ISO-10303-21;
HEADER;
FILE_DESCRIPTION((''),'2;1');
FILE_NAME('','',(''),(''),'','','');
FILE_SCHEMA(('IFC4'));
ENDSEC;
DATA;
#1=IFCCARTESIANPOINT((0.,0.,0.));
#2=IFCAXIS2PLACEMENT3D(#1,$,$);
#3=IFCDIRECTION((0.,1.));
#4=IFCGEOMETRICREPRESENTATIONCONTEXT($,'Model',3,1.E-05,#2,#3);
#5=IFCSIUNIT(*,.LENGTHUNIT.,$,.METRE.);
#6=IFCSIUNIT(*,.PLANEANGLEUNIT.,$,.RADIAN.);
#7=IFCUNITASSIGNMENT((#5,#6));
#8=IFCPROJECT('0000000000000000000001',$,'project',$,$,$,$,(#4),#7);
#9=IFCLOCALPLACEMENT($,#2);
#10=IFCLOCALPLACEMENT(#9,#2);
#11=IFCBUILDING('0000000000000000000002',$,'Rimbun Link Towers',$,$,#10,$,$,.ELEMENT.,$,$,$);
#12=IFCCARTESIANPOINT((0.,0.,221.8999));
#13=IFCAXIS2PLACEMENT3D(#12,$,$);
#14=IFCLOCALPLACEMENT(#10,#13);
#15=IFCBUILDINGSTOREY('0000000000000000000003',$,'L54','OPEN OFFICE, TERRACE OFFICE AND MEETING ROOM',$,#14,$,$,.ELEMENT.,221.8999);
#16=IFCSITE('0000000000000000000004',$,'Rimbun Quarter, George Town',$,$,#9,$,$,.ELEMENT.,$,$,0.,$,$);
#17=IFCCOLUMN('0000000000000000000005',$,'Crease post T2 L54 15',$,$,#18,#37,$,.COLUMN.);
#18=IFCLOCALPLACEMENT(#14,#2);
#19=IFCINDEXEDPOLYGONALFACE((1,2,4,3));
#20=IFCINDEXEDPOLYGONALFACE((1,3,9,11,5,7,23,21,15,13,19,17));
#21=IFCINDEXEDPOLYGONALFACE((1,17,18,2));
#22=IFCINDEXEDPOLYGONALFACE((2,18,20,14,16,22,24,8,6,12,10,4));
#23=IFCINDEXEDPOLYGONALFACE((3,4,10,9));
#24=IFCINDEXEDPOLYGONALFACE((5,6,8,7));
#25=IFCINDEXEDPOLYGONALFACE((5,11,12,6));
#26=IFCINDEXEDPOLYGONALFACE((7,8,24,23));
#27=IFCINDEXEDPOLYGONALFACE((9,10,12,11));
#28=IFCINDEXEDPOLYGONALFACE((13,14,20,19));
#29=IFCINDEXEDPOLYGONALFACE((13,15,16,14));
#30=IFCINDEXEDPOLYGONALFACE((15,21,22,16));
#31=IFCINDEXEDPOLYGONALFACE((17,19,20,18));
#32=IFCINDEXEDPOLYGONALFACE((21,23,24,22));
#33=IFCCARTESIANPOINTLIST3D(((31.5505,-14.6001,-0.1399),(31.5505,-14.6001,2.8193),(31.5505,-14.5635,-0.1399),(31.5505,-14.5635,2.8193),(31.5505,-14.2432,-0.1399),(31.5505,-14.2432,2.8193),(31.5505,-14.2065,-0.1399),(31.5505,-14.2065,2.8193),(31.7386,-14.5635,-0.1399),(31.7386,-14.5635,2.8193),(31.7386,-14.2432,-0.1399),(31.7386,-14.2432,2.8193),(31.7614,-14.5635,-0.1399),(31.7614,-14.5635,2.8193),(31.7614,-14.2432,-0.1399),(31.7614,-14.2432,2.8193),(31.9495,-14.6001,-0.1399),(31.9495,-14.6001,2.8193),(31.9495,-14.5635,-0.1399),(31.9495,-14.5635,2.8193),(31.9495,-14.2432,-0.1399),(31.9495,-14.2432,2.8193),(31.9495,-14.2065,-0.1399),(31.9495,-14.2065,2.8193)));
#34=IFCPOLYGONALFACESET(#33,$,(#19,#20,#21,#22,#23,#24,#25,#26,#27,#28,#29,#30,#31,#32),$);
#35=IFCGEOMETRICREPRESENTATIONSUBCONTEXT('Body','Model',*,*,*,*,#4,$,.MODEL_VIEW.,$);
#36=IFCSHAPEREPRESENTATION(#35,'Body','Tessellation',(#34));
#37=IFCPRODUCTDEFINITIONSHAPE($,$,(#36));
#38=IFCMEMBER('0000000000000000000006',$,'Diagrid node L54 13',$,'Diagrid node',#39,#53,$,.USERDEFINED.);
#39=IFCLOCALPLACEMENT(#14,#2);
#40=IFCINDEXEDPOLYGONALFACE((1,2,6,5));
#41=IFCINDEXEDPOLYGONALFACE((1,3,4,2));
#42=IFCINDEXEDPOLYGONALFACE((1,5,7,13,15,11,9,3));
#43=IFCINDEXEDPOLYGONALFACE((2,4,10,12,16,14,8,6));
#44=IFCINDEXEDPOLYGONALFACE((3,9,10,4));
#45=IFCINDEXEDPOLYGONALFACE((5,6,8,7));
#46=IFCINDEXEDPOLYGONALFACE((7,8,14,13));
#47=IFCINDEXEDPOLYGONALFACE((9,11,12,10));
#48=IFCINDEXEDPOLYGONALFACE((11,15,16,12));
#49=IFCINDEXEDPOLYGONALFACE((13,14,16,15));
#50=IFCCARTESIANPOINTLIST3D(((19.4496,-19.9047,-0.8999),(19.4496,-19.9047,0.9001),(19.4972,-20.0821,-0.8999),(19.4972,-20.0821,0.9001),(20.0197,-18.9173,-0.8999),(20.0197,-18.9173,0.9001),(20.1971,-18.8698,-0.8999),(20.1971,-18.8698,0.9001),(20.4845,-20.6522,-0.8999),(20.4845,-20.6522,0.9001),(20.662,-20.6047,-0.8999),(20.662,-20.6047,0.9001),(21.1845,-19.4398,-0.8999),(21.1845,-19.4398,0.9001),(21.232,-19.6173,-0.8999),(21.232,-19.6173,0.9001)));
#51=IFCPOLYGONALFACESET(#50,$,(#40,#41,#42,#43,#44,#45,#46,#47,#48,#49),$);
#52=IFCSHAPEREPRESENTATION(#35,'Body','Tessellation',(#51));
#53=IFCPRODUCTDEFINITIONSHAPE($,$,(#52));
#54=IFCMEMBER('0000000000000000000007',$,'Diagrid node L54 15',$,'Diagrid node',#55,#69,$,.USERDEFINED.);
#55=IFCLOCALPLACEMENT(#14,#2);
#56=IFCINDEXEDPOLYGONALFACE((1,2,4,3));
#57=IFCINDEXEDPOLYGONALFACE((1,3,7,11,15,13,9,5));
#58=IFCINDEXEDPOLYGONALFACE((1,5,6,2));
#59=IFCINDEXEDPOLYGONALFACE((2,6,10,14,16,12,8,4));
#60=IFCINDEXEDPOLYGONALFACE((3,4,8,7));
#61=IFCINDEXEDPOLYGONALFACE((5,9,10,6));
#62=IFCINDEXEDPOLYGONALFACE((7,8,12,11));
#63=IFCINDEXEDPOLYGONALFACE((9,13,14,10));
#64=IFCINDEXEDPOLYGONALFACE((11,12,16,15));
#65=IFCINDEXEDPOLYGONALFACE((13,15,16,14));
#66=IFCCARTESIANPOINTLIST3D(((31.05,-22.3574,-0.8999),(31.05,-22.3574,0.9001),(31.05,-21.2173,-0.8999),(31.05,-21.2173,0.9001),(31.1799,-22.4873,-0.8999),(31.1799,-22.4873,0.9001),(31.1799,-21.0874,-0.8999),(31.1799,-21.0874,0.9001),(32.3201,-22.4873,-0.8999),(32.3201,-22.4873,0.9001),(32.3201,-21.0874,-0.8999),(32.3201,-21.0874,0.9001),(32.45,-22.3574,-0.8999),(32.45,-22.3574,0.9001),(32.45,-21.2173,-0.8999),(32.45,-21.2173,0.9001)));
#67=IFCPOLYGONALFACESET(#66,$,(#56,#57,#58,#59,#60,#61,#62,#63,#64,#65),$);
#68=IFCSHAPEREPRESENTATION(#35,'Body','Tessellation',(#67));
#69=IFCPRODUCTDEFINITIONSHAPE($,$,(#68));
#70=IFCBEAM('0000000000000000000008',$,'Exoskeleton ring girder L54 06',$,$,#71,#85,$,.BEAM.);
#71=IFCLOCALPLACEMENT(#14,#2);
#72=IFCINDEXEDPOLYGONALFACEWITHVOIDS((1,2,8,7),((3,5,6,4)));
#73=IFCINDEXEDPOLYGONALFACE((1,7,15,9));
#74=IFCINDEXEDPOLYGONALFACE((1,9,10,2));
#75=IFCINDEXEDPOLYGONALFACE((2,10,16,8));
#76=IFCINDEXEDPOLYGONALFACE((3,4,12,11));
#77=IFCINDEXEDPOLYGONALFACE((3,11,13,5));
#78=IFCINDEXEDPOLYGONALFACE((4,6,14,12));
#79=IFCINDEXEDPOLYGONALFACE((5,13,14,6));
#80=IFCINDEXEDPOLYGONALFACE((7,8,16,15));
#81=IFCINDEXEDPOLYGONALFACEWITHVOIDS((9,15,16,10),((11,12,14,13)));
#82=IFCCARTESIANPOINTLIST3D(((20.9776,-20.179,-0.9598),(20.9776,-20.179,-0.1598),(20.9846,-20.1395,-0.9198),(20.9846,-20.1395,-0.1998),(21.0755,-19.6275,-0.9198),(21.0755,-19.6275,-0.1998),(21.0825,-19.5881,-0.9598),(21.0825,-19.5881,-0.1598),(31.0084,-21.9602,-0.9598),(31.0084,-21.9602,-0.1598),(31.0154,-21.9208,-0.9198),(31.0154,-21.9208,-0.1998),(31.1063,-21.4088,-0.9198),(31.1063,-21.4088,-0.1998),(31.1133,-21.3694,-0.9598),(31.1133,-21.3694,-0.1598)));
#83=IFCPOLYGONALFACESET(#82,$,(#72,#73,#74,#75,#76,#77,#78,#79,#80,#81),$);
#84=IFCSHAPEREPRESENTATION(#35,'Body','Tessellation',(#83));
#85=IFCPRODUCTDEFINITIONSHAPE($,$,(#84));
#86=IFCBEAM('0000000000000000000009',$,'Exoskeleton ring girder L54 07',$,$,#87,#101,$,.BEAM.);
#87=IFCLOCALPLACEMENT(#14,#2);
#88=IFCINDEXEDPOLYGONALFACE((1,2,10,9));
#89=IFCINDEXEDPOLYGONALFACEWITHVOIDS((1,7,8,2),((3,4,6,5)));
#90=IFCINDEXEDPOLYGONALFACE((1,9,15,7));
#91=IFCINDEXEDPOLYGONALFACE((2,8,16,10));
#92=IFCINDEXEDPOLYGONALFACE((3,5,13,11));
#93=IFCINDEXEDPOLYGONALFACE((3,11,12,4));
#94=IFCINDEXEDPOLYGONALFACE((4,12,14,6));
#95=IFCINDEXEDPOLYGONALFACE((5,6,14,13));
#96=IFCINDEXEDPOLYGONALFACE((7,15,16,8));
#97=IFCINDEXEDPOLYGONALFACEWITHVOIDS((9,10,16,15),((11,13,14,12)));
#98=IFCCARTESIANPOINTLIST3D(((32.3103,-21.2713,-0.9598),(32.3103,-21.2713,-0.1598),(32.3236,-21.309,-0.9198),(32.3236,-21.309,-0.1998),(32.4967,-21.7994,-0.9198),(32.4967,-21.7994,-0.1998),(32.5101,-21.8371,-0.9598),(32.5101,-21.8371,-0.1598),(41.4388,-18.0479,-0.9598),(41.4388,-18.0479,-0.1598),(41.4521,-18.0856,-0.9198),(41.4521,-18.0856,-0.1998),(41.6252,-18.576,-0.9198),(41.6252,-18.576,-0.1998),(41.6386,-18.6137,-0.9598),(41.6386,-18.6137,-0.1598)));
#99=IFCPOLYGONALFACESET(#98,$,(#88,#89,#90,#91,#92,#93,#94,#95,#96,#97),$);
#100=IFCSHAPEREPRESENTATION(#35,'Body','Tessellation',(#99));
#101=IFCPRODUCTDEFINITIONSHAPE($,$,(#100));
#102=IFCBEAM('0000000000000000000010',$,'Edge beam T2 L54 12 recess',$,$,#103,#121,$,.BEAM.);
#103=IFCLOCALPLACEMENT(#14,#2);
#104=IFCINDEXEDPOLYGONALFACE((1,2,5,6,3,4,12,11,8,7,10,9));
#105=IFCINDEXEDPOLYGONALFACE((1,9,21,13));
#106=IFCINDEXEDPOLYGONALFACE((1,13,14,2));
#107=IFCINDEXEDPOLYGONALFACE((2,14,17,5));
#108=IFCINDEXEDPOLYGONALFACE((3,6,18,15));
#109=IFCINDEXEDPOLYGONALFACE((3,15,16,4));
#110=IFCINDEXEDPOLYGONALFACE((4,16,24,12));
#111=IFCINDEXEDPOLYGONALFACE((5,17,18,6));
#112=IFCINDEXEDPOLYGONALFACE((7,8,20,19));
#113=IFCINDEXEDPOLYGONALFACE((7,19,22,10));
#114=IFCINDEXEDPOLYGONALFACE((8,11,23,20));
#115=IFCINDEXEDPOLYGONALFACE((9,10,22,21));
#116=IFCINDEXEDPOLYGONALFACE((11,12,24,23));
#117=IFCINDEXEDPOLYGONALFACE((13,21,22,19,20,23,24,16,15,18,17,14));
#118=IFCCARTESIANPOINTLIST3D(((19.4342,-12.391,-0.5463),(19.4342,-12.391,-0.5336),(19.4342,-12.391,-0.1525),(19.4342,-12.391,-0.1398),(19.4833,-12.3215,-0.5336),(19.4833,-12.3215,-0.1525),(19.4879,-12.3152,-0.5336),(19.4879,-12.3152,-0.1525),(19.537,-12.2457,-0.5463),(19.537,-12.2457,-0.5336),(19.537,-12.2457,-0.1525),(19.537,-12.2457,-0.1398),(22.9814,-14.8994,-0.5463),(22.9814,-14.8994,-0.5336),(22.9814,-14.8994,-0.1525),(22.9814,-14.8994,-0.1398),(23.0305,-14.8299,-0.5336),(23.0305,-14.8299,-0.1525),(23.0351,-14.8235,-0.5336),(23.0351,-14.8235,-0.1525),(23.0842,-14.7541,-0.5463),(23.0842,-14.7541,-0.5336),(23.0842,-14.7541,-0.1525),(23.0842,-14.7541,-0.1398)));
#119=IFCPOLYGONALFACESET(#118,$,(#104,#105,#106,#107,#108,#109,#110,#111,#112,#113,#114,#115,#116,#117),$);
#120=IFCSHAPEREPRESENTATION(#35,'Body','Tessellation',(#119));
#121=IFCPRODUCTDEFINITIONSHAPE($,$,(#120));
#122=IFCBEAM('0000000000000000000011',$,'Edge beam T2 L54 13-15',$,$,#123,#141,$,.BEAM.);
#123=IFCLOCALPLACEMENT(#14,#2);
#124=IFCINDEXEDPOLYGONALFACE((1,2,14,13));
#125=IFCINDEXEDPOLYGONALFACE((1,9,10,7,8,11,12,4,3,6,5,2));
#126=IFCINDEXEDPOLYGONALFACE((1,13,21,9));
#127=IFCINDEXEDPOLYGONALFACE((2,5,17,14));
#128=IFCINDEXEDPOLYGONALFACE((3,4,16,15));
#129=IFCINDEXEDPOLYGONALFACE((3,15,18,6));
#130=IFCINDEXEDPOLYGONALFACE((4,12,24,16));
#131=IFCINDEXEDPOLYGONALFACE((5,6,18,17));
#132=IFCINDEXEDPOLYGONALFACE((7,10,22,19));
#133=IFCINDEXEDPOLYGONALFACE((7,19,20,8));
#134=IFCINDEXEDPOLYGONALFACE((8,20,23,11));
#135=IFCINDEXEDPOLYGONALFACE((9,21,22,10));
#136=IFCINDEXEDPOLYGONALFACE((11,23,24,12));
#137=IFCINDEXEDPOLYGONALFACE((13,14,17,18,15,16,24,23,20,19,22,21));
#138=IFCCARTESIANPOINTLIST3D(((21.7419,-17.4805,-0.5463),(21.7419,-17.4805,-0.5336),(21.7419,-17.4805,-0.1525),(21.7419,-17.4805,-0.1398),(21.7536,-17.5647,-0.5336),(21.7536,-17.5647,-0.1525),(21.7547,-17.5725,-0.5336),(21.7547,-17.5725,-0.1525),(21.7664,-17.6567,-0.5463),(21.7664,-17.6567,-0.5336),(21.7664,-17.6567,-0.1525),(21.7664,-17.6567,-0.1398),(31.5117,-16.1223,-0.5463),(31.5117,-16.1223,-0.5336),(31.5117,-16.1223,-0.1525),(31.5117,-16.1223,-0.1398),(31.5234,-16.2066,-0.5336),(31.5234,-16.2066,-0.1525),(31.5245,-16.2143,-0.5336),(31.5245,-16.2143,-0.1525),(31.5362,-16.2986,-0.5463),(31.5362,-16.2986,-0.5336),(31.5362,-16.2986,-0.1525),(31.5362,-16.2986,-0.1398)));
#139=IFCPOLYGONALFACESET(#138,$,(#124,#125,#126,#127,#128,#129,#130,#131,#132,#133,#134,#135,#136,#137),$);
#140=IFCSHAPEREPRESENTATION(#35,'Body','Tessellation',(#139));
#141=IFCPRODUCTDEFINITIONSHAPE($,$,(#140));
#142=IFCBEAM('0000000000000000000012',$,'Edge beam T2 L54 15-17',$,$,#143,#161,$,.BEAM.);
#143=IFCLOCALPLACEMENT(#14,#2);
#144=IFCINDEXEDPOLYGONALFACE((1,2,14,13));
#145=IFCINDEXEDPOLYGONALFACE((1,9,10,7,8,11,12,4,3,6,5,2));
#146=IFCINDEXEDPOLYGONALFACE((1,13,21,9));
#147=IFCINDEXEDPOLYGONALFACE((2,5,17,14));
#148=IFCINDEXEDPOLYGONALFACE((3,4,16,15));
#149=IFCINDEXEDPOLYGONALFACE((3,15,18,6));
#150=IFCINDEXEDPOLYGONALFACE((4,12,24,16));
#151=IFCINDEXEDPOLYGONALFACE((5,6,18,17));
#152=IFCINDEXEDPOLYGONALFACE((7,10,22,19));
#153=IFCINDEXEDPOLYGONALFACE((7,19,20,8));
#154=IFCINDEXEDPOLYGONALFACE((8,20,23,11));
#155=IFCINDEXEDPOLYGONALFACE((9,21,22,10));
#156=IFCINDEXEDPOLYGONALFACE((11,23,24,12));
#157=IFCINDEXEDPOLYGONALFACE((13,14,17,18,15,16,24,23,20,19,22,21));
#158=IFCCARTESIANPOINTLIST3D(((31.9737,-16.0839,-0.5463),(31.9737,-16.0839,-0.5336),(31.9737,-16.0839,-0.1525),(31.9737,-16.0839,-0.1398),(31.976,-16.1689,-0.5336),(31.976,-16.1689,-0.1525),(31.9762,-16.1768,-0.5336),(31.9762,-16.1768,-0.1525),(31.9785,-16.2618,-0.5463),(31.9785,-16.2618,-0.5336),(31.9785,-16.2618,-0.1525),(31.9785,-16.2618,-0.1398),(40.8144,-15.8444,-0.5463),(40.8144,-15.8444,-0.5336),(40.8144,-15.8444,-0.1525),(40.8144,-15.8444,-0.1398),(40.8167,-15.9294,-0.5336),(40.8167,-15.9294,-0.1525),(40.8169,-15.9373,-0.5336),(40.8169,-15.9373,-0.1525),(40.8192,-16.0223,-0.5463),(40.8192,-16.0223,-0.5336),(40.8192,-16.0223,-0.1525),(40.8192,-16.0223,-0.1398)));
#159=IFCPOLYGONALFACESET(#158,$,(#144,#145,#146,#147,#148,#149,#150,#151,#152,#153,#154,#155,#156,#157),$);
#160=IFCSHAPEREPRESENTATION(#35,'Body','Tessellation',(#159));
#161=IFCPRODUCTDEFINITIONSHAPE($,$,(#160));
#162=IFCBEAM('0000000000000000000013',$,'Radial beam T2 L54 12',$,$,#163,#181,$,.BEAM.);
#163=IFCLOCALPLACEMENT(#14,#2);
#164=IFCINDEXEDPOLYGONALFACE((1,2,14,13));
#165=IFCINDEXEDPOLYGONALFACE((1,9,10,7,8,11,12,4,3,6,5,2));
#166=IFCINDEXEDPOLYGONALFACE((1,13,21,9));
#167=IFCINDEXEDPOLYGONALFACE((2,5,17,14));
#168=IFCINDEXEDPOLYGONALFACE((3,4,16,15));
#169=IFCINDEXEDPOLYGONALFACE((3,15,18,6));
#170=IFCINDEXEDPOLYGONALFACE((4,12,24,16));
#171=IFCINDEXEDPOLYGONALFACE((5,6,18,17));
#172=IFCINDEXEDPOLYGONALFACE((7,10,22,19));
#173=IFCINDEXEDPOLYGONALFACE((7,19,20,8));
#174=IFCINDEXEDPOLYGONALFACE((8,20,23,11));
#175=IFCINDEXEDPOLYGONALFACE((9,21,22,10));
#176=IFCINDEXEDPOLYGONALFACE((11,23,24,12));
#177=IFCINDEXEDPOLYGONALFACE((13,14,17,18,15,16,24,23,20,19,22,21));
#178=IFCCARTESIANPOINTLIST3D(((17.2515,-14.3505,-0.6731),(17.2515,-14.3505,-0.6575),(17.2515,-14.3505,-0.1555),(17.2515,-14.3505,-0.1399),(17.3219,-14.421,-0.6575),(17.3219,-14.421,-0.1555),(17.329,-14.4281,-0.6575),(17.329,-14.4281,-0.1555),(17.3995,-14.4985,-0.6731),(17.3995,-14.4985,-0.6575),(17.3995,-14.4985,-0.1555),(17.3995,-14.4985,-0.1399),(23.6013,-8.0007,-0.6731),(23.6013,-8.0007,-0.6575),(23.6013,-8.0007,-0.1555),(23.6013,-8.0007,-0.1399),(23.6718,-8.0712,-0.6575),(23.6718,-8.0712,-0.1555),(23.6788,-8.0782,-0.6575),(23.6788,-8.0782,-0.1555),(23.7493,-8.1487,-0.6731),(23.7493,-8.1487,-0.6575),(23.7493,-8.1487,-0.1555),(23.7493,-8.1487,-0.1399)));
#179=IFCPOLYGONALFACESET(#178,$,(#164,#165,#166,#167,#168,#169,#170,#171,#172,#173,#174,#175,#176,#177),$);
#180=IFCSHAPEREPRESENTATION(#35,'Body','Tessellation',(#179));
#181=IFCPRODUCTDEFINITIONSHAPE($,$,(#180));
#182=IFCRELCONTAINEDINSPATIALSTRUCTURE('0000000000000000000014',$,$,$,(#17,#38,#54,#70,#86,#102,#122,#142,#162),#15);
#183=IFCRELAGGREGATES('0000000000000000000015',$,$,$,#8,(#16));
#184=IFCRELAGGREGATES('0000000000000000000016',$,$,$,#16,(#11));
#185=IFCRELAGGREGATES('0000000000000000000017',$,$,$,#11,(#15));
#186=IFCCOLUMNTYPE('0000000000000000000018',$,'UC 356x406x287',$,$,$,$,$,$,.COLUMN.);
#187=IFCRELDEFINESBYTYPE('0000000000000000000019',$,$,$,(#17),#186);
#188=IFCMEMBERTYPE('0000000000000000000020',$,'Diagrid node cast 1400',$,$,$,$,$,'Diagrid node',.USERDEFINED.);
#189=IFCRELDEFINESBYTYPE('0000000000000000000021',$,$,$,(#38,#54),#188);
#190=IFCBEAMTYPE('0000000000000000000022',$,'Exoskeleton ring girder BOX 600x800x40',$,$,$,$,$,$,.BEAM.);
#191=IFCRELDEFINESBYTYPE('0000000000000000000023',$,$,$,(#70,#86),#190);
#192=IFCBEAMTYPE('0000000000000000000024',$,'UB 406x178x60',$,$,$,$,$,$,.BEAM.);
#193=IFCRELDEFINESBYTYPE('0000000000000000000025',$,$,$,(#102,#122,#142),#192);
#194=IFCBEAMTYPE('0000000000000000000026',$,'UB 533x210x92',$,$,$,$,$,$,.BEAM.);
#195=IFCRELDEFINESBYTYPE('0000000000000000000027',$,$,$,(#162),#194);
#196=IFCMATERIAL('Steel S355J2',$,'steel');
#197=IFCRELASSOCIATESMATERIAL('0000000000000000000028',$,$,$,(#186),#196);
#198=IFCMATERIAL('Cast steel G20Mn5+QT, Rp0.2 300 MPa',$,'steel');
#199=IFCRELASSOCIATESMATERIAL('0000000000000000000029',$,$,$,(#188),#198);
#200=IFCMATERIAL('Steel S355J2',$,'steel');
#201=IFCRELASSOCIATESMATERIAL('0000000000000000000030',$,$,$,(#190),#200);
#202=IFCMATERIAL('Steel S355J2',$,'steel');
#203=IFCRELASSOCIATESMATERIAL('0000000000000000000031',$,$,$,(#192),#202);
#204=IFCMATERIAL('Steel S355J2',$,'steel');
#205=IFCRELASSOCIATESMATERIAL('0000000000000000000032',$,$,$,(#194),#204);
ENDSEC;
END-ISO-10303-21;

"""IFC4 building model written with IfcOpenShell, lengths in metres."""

from ifc_helpers import new_model, si_unit, direction, frame, origin, origin_2d, place, context, subcontext, project, spatial, polyline, hollow_rectangle, i_section, outline, extrude, material, material_profile, profile_set, type_object, element, save


model = new_model("IFC4")

# Units and contexts
model_context = context("Model", 3, precision=1e-05, world=origin(), true_north=direction((0.0, 1.0)))
body_context = subcontext(model_context, "Body", "Model", "MODEL_VIEW")
ifc_project = project(units=[si_unit("LENGTHUNIT", "METRE"), si_unit("PLANEANGLEUNIT", "RADIAN")], contexts=[model_context])

# Site, building, storey
site_placement = place(None, origin())
site = spatial("IfcSite", under=ifc_project, at=site_placement, Name="Rimbun Quarter, George Town", CompositionType="ELEMENT", RefElevation=0.0)
building_placement = place(site_placement, origin())
building = spatial("IfcBuilding", under=site, at=building_placement, Name="Rimbun Link Towers", CompositionType="ELEMENT")
storey_placement = place(building_placement, frame((0.0, 0.0, 221.8999)))
storey = spatial("IfcBuildingStorey", under=building, at=storey_placement, Name="L54", Description="OPEN OFFICE, TERRACE OFFICE AND MEETING ROOM", CompositionType="ELEMENT", Elevation=221.8999)

# Column
ifc_material_1 = material(Name="Steel S355J2", Category="steel")
ifc_material_profile_1 = material_profile(ifc_material_1, i_section(OverallWidth=0.3989, OverallDepth=0.3936, WebThickness=0.0227, FlangeThickness=0.0366, at=origin_2d()), Name="UC 356x406x287")
ifc_profile_set_1 = profile_set([ifc_material_profile_1], Name="Steel S355J2")
column_type = type_object("IfcColumnType", Name="UC 356x406x287", PredefinedType="COLUMN", material=ifc_profile_set_1)
column_placement = place(storey_placement, frame((31.75, -14.4033, -0.1399), z_axis=(0.0, 0.0, 1.0), x_axis=(1.0, 0.0, 0.0)))
element("IfcColumn", 1, at=column_placement, inside=storey, type_object=column_type, Name="Crease post T2 L54 15", PredefinedType="COLUMN", context=body_context, shape_type="SweptSolid", body=[
    extrude(i_section(OverallWidth=0.3989, OverallDepth=0.3936, WebThickness=0.0227, FlangeThickness=0.0366, at=origin_2d()), origin(), (0.0, 0.0, 1.0), 2.9592),
])

# Members
ifc_material_2 = material(Name="Cast steel G20Mn5+QT, Rp0.2 300 MPa", Category="steel")
ifc_material_profile_2 = material_profile(ifc_material_2, outline(polyline([(0.7, -0.5701), (0.7, 0.5701), (0.5701, 0.7), (-0.5701, 0.7), (-0.7, 0.5701), (-0.7, -0.5701), (-0.5701, -0.7), (0.5701, -0.7), (0.7, -0.5701)])), Name="NODE 1400x1400")
ifc_profile_set_2 = profile_set([ifc_material_profile_2], Name="Cast steel G20Mn5+QT, Rp0.2 300 MPa")
member_type = type_object("IfcMemberType", Name="Diagrid node cast 1400", ElementType="Diagrid node", PredefinedType="USERDEFINED", material=ifc_profile_set_2)
for number, where, z_axis, x_axis, name in (
    (2, (20.3408, -19.761, -0.8999), (0.0, 0.0, 1.0), (-0.5, -0.866025, 0.0), "Diagrid node L54 13"),
    (3, (31.75, -21.7874, -0.8999), (0.0, 0.0, 1.0), (0.0, -1.0, 0.0), "Diagrid node L54 15"),
):
    element("IfcMember", number, at=place(storey_placement, frame(where, z_axis=z_axis, x_axis=x_axis)), inside=storey, type_object=member_type, Name=name, ObjectType="Diagrid node", PredefinedType="USERDEFINED", context=body_context, shape_type="SweptSolid", body=[
        extrude(outline(polyline([(0.7, -0.5701), (0.7, 0.5701), (0.5701, 0.7), (-0.5701, 0.7), (-0.7, 0.5701), (-0.7, -0.5701), (-0.5701, -0.7), (0.5701, -0.7), (0.7, -0.5701)])), origin(), (0.0, 0.0, 1.0), 1.8),
    ])

# Beams
ifc_material_3 = material(Name="Steel S355J2", Category="steel")
ifc_material_profile_3 = material_profile(ifc_material_3, hollow_rectangle(XDim=0.6001, YDim=0.8, WallThickness=0.04, at=origin_2d()), Name="Exoskeleton ring girder BOX 600x800x40")
ifc_profile_set_3 = profile_set([ifc_material_profile_3], Name="Steel S355J2")
beam_type_1 = type_object("IfcBeamType", Name="Exoskeleton ring girder BOX 600x800x40", PredefinedType="BEAM", material=ifc_profile_set_3)
beam_1_placement = place(storey_placement, frame((21.03, -19.8835, -0.5598), z_axis=(0.984596, -0.174843, 0.0), x_axis=(0.174843, 0.984596, 0.0)))
element("IfcBeam", 4, at=beam_1_placement, inside=storey, type_object=beam_type_1, Name="Exoskeleton ring girder L54 06", PredefinedType="BEAM", context=body_context, shape_type="SweptSolid", body=[
    extrude(hollow_rectangle(XDim=0.6001, YDim=0.8, WallThickness=0.04, at=origin_2d()), origin(), (0.0, 0.0, 1.0), 10.1877),
])
beam_2_placement = place(storey_placement, frame((32.4102, -21.5542, -0.5598), z_axis=(0.942939, 0.332967, 0.0), x_axis=(-0.332967, 0.942939, 0.0)))
element("IfcBeam", 5, at=beam_2_placement, inside=storey, type_object=beam_type_1, Name="Exoskeleton ring girder L54 07", PredefinedType="BEAM", context=body_context, shape_type="SweptSolid", body=[
    extrude(hollow_rectangle(XDim=0.6001, YDim=0.8, WallThickness=0.04, at=origin_2d()), origin(), (0.0, 0.0, 1.0), 9.6809),
])
ifc_material_4 = material(Name="Steel S355J2", Category="steel")
ifc_material_profile_4 = material_profile(ifc_material_4, i_section(OverallWidth=0.178, OverallDepth=0.4065, WebThickness=0.0078, FlangeThickness=0.0127, at=origin_2d()), Name="UB 406x178x60")
ifc_profile_set_4 = profile_set([ifc_material_profile_4], Name="Steel S355J2")
beam_type_2 = type_object("IfcBeamType", Name="UB 406x178x60", PredefinedType="BEAM", material=ifc_profile_set_4)
beam_3_placement = place(storey_placement, frame((19.4856, -12.3184, -0.343), z_axis=(0.816485, -0.577367, 0.0), x_axis=(0.577367, 0.816485, 0.0)))
element("IfcBeam", 6, at=beam_3_placement, inside=storey, type_object=beam_type_2, Name="Edge beam T2 L54 12 recess", PredefinedType="BEAM", context=body_context, shape_type="SweptSolid", body=[
    extrude(i_section(OverallWidth=0.178, OverallDepth=0.4065, WebThickness=0.0078, FlangeThickness=0.0127, at=origin_2d()), origin(), (0.0, 0.0, 1.0), 4.3445),
])
beam_4_placement = place(storey_placement, frame((21.7542, -17.5686, -0.343), z_axis=(0.990475, 0.137692, 0.0), x_axis=(-0.137692, 0.990475, 0.0)))
element("IfcBeam", 7, at=beam_4_placement, inside=storey, type_object=beam_type_2, Name="Edge beam T2 L54 13-15", PredefinedType="BEAM", context=body_context, shape_type="SweptSolid", body=[
    extrude(i_section(OverallWidth=0.178, OverallDepth=0.4065, WebThickness=0.0078, FlangeThickness=0.0127, at=origin_2d()), origin(), (0.0, 0.0, 1.0), 9.8638),
])
beam_5_placement = place(storey_placement, frame((31.9761, -16.1729, -0.343), z_axis=(0.999633, 0.027081, 0.0), x_axis=(-0.027081, 0.999633, 0.0)))
element("IfcBeam", 8, at=beam_5_placement, inside=storey, type_object=beam_type_2, Name="Edge beam T2 L54 15-17", PredefinedType="BEAM", context=body_context, shape_type="SweptSolid", body=[
    extrude(i_section(OverallWidth=0.178, OverallDepth=0.4065, WebThickness=0.0078, FlangeThickness=0.0127, at=origin_2d()), origin(), (0.0, 0.0, 1.0), 8.844),
])
ifc_material_5 = material(Name="Steel S355J2", Category="steel")
ifc_material_profile_5 = material_profile(ifc_material_5, i_section(OverallWidth=0.2092, OverallDepth=0.5332, WebThickness=0.01, FlangeThickness=0.0156, at=origin_2d()), Name="UB 533x210x92")
ifc_profile_set_5 = profile_set([ifc_material_profile_5], Name="Steel S355J2")
beam_type_3 = type_object("IfcBeamType", Name="UB 533x210x92", PredefinedType="BEAM", material=ifc_profile_set_5)
beam_6_placement = place(storey_placement, frame((23.6753, -8.0747, -0.4065), z_axis=(-0.707107, -0.707107, 0.0), x_axis=(0.707107, -0.707107, 0.0)))
element("IfcBeam", 9, at=beam_6_placement, inside=storey, type_object=beam_type_3, Name="Radial beam T2 L54 12", PredefinedType="BEAM", context=body_context, shape_type="SweptSolid", body=[
    extrude(i_section(OverallWidth=0.2092, OverallDepth=0.5332, WebThickness=0.01, FlangeThickness=0.0156, at=origin_2d()), origin(), (0.0, 0.0, 1.0), 8.98),
])

save(model, "model.ifc")
